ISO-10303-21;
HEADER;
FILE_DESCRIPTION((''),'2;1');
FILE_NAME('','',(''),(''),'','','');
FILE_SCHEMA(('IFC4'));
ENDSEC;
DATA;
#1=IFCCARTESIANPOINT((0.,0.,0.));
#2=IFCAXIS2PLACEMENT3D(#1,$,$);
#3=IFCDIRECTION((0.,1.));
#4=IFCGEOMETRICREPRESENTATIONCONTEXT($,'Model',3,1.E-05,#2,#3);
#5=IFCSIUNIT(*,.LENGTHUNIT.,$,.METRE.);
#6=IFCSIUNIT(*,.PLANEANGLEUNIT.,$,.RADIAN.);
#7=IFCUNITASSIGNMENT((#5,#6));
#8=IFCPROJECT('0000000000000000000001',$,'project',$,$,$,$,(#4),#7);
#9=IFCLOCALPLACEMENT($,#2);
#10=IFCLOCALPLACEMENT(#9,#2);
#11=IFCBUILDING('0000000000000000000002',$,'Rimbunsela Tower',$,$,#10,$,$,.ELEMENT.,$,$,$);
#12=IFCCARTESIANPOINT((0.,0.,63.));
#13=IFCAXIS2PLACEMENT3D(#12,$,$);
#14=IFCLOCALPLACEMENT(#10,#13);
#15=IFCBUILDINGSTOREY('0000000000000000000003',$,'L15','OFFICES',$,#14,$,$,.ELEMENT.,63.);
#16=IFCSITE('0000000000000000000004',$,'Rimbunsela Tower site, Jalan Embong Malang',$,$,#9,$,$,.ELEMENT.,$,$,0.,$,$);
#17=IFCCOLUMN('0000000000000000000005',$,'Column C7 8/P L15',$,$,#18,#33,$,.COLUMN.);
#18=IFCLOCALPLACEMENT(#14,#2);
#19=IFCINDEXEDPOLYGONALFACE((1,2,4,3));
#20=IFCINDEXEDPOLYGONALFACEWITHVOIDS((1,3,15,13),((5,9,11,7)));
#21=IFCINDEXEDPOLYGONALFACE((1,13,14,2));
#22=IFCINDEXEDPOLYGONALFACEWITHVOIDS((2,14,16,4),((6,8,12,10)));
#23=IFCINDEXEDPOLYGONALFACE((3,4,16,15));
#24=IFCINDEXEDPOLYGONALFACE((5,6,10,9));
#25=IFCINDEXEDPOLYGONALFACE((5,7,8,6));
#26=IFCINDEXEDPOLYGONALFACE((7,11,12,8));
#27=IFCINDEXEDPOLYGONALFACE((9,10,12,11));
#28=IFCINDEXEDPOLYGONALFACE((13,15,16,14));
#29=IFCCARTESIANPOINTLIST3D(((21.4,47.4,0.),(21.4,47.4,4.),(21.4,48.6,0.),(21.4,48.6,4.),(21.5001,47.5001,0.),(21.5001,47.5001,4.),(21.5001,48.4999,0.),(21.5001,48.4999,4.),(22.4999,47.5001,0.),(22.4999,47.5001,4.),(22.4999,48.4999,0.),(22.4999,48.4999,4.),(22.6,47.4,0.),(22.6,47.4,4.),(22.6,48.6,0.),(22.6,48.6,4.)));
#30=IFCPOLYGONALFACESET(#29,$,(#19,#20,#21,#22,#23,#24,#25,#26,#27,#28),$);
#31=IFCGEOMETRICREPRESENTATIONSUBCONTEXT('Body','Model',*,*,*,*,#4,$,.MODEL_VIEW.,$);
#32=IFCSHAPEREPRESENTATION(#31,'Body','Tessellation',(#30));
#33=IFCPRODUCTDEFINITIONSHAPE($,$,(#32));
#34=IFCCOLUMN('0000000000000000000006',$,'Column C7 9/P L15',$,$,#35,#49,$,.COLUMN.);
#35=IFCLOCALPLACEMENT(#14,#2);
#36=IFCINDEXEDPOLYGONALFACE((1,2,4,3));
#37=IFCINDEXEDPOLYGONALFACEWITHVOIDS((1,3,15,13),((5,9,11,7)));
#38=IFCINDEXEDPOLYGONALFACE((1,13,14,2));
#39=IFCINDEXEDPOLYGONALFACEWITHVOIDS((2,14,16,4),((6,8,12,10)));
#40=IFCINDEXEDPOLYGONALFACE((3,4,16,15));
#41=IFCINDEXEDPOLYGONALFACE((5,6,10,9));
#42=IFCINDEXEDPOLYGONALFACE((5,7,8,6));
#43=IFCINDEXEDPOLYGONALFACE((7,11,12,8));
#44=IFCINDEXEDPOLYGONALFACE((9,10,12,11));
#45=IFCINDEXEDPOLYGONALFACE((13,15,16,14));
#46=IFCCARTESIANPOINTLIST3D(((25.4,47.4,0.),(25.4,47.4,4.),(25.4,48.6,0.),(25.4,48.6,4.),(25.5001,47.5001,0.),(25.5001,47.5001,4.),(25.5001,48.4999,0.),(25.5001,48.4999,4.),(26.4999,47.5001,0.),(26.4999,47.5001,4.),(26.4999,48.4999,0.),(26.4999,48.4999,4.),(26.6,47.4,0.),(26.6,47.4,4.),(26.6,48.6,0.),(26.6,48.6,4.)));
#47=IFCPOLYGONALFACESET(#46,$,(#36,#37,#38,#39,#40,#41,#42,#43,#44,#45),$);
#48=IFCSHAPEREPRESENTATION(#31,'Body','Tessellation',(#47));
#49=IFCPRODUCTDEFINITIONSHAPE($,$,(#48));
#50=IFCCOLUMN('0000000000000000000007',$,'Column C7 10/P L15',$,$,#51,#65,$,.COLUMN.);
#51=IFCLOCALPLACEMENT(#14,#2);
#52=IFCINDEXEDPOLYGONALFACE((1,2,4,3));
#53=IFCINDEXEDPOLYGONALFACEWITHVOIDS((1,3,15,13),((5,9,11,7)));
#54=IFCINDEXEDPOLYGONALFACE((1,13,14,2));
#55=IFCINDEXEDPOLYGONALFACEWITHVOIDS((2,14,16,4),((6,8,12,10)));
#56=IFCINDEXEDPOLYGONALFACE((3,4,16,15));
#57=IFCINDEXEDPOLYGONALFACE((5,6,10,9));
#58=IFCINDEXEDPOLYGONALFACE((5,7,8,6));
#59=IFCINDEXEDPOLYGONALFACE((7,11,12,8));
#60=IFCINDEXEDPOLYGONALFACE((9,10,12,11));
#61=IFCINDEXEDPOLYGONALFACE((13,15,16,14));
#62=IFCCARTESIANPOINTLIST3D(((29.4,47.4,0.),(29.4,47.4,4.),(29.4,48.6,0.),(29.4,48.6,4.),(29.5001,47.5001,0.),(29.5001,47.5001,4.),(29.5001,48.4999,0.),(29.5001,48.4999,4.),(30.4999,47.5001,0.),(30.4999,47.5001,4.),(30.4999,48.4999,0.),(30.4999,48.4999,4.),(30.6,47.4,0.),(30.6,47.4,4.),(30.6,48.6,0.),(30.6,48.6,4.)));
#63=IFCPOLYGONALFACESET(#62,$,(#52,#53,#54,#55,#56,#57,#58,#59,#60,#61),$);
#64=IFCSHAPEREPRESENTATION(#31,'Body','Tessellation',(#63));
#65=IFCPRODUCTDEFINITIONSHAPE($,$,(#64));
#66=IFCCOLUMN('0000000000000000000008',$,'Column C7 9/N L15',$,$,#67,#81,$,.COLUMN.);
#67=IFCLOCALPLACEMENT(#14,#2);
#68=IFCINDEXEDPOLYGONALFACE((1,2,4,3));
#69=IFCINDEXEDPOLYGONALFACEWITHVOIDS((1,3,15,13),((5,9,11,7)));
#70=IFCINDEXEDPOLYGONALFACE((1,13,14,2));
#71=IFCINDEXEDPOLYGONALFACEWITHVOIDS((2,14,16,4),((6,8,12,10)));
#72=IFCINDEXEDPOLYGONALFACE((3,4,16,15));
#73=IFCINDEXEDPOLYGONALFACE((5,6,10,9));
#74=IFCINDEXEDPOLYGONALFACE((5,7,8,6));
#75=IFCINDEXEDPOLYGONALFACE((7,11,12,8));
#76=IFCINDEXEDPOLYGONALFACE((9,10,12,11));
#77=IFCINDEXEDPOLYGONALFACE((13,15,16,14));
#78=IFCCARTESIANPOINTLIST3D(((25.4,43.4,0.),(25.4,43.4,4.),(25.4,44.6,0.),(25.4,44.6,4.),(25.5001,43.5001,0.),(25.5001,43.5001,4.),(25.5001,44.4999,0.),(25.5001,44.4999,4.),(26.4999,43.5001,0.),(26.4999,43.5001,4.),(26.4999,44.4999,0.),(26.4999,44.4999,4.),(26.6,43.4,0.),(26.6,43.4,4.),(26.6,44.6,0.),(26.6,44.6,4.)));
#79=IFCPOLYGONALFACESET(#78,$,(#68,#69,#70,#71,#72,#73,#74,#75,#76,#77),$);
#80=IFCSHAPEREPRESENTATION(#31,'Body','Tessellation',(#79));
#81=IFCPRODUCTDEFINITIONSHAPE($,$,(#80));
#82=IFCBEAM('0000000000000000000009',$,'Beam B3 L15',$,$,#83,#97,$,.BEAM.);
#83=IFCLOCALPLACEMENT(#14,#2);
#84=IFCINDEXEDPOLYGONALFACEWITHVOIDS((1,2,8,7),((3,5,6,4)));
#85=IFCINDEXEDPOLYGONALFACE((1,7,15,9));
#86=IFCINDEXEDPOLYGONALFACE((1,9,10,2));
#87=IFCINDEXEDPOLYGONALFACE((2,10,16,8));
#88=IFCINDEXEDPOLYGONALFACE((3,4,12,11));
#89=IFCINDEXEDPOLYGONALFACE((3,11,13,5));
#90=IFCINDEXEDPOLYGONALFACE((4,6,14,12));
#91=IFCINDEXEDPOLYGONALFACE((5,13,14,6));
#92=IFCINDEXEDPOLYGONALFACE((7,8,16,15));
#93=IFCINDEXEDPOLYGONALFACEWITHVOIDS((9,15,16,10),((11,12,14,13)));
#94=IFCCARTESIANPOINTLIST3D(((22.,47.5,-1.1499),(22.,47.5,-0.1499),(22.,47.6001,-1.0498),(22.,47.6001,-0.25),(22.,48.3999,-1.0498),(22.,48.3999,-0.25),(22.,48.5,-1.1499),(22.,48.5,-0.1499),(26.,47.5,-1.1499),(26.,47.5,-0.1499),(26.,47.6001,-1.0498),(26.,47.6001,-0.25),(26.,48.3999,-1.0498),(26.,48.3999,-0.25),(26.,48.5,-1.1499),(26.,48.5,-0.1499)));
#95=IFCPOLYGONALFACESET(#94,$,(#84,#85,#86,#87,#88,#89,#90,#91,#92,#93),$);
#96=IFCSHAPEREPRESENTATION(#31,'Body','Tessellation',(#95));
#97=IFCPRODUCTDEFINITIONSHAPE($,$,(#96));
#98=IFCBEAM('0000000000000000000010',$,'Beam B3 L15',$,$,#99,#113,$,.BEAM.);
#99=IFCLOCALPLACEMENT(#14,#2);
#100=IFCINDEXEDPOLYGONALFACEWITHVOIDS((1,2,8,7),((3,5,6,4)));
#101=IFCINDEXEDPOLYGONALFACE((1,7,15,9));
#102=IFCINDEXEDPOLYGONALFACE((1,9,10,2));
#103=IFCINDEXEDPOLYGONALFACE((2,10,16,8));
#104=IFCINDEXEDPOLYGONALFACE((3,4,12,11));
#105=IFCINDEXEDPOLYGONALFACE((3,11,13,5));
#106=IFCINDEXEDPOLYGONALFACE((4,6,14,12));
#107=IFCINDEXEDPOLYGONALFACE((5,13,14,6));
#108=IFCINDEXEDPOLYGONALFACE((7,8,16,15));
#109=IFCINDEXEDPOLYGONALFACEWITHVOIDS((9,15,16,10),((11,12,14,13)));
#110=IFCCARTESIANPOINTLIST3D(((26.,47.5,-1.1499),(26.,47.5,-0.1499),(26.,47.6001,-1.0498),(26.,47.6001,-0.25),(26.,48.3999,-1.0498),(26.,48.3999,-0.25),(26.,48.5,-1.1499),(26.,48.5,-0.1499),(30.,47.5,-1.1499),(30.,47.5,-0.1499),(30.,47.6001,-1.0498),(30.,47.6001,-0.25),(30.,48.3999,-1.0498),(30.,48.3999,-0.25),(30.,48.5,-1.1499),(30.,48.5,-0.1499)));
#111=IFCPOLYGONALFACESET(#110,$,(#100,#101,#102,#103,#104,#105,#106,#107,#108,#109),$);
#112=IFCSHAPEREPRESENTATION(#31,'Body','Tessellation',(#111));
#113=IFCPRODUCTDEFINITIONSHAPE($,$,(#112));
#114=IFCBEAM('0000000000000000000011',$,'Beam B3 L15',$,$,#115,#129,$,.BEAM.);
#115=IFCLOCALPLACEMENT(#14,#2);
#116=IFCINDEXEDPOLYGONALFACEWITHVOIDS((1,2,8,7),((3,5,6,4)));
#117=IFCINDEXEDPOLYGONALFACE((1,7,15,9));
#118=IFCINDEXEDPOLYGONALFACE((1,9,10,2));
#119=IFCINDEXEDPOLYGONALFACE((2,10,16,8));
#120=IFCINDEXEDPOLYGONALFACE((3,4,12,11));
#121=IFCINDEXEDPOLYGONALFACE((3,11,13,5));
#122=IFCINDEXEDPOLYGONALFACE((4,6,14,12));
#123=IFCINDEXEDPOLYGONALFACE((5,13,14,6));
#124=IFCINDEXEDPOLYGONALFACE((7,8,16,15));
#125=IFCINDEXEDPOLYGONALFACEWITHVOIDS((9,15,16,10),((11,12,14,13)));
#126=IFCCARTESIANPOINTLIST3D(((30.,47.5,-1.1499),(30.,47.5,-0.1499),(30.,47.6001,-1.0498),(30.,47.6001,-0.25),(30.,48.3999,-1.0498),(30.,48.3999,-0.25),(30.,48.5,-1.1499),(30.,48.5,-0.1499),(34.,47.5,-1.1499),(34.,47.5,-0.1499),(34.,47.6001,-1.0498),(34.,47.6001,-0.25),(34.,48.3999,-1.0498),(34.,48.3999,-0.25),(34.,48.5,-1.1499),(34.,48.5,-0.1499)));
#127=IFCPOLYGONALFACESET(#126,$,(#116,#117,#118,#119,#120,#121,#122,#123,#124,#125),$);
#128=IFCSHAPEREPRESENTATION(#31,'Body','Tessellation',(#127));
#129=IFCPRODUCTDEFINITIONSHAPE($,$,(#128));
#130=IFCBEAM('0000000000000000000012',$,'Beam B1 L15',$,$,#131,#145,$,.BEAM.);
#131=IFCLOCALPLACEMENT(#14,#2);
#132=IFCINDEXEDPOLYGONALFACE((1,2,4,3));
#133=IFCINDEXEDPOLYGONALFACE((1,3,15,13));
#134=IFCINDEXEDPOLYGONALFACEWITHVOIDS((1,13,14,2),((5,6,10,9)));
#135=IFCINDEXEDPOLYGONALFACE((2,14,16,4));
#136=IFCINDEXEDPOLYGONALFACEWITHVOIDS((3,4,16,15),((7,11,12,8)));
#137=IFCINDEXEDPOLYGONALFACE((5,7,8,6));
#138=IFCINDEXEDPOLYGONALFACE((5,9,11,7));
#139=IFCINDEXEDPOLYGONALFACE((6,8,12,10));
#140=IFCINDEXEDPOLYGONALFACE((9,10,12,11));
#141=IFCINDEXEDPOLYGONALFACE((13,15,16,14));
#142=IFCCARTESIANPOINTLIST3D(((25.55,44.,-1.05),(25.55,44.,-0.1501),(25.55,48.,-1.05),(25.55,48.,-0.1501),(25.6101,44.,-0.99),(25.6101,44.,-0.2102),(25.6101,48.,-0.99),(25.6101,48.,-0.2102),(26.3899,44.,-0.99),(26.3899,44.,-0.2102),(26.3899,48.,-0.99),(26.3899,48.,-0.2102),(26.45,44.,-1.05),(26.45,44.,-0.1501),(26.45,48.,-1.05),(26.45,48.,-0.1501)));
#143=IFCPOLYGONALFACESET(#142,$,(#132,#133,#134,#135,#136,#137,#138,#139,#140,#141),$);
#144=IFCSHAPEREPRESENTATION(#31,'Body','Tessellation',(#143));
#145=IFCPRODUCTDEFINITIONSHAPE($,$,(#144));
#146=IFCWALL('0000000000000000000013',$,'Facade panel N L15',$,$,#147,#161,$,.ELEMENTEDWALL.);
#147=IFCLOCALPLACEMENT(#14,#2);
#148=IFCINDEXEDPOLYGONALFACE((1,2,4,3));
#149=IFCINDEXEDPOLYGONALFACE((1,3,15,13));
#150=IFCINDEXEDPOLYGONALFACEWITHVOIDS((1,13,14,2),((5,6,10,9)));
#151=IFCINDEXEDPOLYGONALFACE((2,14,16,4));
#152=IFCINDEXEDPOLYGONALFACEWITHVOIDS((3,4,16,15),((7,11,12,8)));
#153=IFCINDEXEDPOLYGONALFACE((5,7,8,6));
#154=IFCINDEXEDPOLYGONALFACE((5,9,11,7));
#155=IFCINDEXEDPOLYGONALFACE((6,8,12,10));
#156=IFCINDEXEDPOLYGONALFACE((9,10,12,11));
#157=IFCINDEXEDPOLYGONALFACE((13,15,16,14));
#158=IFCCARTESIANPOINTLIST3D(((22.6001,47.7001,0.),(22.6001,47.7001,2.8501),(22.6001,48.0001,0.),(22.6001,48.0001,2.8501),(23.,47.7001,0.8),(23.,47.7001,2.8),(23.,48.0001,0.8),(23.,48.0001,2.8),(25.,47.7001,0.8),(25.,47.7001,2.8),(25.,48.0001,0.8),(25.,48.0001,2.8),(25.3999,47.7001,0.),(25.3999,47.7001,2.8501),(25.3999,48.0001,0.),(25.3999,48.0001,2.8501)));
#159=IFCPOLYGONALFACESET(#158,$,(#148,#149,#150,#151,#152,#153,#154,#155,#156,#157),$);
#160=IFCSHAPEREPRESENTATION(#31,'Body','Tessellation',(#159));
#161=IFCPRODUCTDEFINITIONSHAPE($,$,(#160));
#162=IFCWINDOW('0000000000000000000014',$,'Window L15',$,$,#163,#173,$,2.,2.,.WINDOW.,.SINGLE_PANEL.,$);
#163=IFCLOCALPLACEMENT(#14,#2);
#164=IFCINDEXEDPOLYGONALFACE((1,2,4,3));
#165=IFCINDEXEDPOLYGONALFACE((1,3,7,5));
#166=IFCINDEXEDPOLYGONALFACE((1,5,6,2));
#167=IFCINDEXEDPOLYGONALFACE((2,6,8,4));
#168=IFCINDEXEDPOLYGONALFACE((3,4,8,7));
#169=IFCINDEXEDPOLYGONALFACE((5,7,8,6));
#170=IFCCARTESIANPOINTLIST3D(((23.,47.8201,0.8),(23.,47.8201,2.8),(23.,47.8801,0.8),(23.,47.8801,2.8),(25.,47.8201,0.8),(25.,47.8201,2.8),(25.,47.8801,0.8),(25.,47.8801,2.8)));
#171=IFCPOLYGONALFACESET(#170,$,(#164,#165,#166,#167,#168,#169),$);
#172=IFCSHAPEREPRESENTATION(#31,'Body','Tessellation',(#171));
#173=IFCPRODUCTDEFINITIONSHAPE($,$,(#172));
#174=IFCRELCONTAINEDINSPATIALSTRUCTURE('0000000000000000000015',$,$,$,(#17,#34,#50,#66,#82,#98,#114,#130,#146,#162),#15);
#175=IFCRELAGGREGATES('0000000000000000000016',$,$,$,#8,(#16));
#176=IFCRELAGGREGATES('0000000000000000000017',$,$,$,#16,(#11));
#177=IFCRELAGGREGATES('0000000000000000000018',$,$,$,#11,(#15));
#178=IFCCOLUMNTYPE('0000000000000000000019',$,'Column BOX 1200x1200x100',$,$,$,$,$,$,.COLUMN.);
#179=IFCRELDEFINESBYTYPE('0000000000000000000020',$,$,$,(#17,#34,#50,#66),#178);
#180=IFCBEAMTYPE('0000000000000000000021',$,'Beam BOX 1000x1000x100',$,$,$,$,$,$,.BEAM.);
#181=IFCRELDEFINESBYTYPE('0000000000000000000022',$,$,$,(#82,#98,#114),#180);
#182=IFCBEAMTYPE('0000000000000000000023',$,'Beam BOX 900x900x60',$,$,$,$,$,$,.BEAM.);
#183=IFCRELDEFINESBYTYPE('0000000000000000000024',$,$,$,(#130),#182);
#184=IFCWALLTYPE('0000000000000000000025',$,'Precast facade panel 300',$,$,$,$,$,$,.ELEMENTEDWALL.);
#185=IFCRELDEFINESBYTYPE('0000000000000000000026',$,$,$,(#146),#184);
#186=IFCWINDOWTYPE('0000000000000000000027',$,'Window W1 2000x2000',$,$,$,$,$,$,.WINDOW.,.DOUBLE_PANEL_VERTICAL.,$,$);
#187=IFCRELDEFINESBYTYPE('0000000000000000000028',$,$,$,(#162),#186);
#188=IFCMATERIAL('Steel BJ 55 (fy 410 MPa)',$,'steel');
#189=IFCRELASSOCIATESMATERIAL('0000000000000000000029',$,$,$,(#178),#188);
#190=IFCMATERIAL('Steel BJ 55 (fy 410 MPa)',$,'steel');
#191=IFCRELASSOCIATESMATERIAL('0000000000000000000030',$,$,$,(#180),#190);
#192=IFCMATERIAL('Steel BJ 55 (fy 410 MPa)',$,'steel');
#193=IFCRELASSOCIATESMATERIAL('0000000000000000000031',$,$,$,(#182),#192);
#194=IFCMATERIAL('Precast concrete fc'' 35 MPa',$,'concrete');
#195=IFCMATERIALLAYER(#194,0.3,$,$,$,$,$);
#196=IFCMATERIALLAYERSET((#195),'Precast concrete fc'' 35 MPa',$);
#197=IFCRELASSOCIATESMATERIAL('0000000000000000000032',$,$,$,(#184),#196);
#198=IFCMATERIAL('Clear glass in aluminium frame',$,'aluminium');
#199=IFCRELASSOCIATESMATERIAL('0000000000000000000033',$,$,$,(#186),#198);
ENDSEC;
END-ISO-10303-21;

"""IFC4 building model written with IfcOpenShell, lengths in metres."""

from ifc_helpers import new_model, si_unit, direction, frame, frame_2d, origin, origin_2d, place, context, subcontext, project, spatial, rectangle, hollow_rectangle, extrude, material, layer, layer_set, material_profile, profile_set, type_object, element, fill, save


model = new_model("IFC4")

# Units and contexts
model_context = context("Model", 3, precision=1e-05, world=origin(), true_north=direction((0.0, 1.0)))
body_context = subcontext(model_context, "Body", "Model", "MODEL_VIEW")
ifc_project = project(units=[si_unit("LENGTHUNIT", "METRE"), si_unit("PLANEANGLEUNIT", "RADIAN")], contexts=[model_context])

# Site, building, storey
site_placement = place(None, origin())
site = spatial("IfcSite", under=ifc_project, at=site_placement, Name="Rimbunsela Tower site, Jalan Embong Malang", CompositionType="ELEMENT", RefElevation=0.0)
building_placement = place(site_placement, origin())
building = spatial("IfcBuilding", under=site, at=building_placement, Name="Rimbunsela Tower", CompositionType="ELEMENT")
storey_placement = place(building_placement, frame((0.0, 0.0, 63.0)))
storey = spatial("IfcBuildingStorey", under=building, at=storey_placement, Name="L15", Description="OFFICES", CompositionType="ELEMENT", Elevation=63.0)

# Columns
ifc_material_1 = material(Name="Steel BJ 55 (fy 410 MPa)", Category="steel")
ifc_material_profile_1 = material_profile(ifc_material_1, hollow_rectangle(XDim=1.2, YDim=1.2, WallThickness=0.1001, at=origin_2d()), Name="BOX 1200x1200x100")
ifc_profile_set_1 = profile_set([ifc_material_profile_1], Name="Steel BJ 55 (fy 410 MPa)")
column_type = type_object("IfcColumnType", Name="Column BOX 1200x1200x100", PredefinedType="COLUMN", material=ifc_profile_set_1)
for number, where, z_axis, x_axis, name in (
    (1, (22.0, 48.0, 0.0), (0.0, 0.0, 1.0), (1.0, 0.0, 0.0), "Column C7 8/P L15"),
    (2, (26.0, 48.0, 0.0), (0.0, 0.0, 1.0), (1.0, 0.0, 0.0), "Column C7 9/P L15"),
    (3, (30.0, 48.0, 0.0), (0.0, 0.0, 1.0), (1.0, 0.0, 0.0), "Column C7 10/P L15"),
    (4, (26.0, 44.0, 0.0), (0.0, 0.0, 1.0), (1.0, 0.0, 0.0), "Column C7 9/N L15"),
):
    element("IfcColumn", number, at=place(storey_placement, frame(where, z_axis=z_axis, x_axis=x_axis)), inside=storey, type_object=column_type, Name=name, PredefinedType="COLUMN", context=body_context, shape_type="SweptSolid", body=[
        extrude(hollow_rectangle(XDim=1.2, YDim=1.2, WallThickness=0.1001, at=origin_2d()), origin(), (0.0, 0.0, 1.0), 4.0),
    ])

# Beams
ifc_material_2 = material(Name="Steel BJ 55 (fy 410 MPa)", Category="steel")
ifc_material_profile_2 = material_profile(ifc_material_2, hollow_rectangle(XDim=1.0, YDim=1.0, WallThickness=0.1001, at=origin_2d()), Name="BOX 1000x1000x100")
ifc_profile_set_2 = profile_set([ifc_material_profile_2], Name="Steel BJ 55 (fy 410 MPa)")
beam_type_1 = type_object("IfcBeamType", Name="Beam BOX 1000x1000x100", PredefinedType="BEAM", material=ifc_profile_set_2)
for number, where, z_axis, x_axis, name in (
    (5, (22.0, 48.0, -0.6499), (1.0, 0.0, 0.0), (0.0, 1.0, 0.0), "Beam B3 L15"),
    (6, (26.0, 48.0, -0.6499), (1.0, 0.0, 0.0), (0.0, 1.0, 0.0), "Beam B3 L15"),
    (7, (30.0, 48.0, -0.6499), (1.0, 0.0, 0.0), (0.0, 1.0, 0.0), "Beam B3 L15"),
):
    element("IfcBeam", number, at=place(storey_placement, frame(where, z_axis=z_axis, x_axis=x_axis)), inside=storey, type_object=beam_type_1, Name=name, PredefinedType="BEAM", context=body_context, shape_type="SweptSolid", body=[
        extrude(hollow_rectangle(XDim=1.0, YDim=1.0, WallThickness=0.1001, at=origin_2d()), origin(), (0.0, 0.0, 1.0), 4.0),
    ])
ifc_material_3 = material(Name="Steel BJ 55 (fy 410 MPa)", Category="steel")
ifc_material_profile_3 = material_profile(ifc_material_3, hollow_rectangle(XDim=0.8999, YDim=0.8999, WallThickness=0.0601, at=origin_2d()), Name="BOX 900x900x60")
ifc_profile_set_3 = profile_set([ifc_material_profile_3], Name="Steel BJ 55 (fy 410 MPa)")
beam_type_2 = type_object("IfcBeamType", Name="Beam BOX 900x900x60", PredefinedType="BEAM", material=ifc_profile_set_3)
beam_placement = place(storey_placement, frame((26.0, 44.0, -0.6001), z_axis=(0.0, 1.0, 0.0), x_axis=(-1.0, 0.0, 0.0)))
element("IfcBeam", 8, at=beam_placement, inside=storey, type_object=beam_type_2, Name="Beam B1 L15", PredefinedType="BEAM", context=body_context, shape_type="SweptSolid", body=[
    extrude(hollow_rectangle(XDim=0.8999, YDim=0.8999, WallThickness=0.0601, at=origin_2d()), origin(), (0.0, 0.0, 1.0), 4.0),
])

# Wall, opening, window
ifc_material_4 = material(Name="Precast concrete fc' 35 MPa", Category="concrete")
ifc_layer_1 = layer(ifc_material_4, 0.3)
ifc_layer_set_1 = layer_set([ifc_layer_1], Name="Precast concrete fc' 35 MPa")
wall_type_1 = type_object("IfcWallType", Name="Precast facade panel 300", PredefinedType="ELEMENTEDWALL", material=ifc_layer_set_1)
wall_1_placement = place(storey_placement, frame((25.3999, 47.8501, 0.0), z_axis=(0.0, 0.0, 1.0), x_axis=(-1.0, 0.0, 0.0)))
wall_1 = element("IfcWall", 9, at=wall_1_placement, inside=storey, type_object=wall_type_1, Name="Facade panel N L15", PredefinedType="ELEMENTEDWALL", context=body_context, shape_type="SweptSolid", body=[
    extrude(rectangle(XDim=2.7998, YDim=0.3, at=frame_2d((1.3999, 0.0))), origin(), (0.0, 0.0, 1.0), 2.8501),
])
opening_1_placement = place(wall_1_placement, frame((0.3999, 0.0, 0.8)))
opening_1 = element("IfcOpeningElement", 10, at=opening_1_placement, cuts=wall_1, PredefinedType="OPENING", context=body_context, shape_type="SweptSolid", body=[
    extrude(rectangle(XDim=2.0, YDim=2.0, at=frame_2d((1.0, 1.0))), frame((0.0, 0.1599, 0.0), z_axis=(0.0, -1.0, 0.0), x_axis=(1.0, 0.0, 0.0)), (0.0, 0.0, 1.0), 0.3201),
])
ifc_material_5 = material(Name="Clear glass in aluminium frame", Category="aluminium")
window_type_1 = type_object("IfcWindowType", Name="Window W1 2000x2000", PartitioningType="DOUBLE_PANEL_VERTICAL", PredefinedType="WINDOW", material=ifc_material_5)
window_1_placement = place(opening_1_placement, origin())
window_1 = element("IfcWindow", 11, at=window_1_placement, inside=storey, type_object=window_type_1, Name="Window L15", OverallHeight=2.0, OverallWidth=2.0, PartitioningType="SINGLE_PANEL", PredefinedType="WINDOW", context=body_context, shape_type="SweptSolid", body=[
    extrude(rectangle(XDim=2.0, YDim=2.0, at=frame_2d((1.0, 1.0))), frame((0.0, 0.03, 0.0), z_axis=(0.0, -1.0, 0.0), x_axis=(1.0, 0.0, 0.0)), (0.0, 0.0, 1.0), 0.0601),
])
fill(opening_1, window_1)

save(model, "model.ifc")
